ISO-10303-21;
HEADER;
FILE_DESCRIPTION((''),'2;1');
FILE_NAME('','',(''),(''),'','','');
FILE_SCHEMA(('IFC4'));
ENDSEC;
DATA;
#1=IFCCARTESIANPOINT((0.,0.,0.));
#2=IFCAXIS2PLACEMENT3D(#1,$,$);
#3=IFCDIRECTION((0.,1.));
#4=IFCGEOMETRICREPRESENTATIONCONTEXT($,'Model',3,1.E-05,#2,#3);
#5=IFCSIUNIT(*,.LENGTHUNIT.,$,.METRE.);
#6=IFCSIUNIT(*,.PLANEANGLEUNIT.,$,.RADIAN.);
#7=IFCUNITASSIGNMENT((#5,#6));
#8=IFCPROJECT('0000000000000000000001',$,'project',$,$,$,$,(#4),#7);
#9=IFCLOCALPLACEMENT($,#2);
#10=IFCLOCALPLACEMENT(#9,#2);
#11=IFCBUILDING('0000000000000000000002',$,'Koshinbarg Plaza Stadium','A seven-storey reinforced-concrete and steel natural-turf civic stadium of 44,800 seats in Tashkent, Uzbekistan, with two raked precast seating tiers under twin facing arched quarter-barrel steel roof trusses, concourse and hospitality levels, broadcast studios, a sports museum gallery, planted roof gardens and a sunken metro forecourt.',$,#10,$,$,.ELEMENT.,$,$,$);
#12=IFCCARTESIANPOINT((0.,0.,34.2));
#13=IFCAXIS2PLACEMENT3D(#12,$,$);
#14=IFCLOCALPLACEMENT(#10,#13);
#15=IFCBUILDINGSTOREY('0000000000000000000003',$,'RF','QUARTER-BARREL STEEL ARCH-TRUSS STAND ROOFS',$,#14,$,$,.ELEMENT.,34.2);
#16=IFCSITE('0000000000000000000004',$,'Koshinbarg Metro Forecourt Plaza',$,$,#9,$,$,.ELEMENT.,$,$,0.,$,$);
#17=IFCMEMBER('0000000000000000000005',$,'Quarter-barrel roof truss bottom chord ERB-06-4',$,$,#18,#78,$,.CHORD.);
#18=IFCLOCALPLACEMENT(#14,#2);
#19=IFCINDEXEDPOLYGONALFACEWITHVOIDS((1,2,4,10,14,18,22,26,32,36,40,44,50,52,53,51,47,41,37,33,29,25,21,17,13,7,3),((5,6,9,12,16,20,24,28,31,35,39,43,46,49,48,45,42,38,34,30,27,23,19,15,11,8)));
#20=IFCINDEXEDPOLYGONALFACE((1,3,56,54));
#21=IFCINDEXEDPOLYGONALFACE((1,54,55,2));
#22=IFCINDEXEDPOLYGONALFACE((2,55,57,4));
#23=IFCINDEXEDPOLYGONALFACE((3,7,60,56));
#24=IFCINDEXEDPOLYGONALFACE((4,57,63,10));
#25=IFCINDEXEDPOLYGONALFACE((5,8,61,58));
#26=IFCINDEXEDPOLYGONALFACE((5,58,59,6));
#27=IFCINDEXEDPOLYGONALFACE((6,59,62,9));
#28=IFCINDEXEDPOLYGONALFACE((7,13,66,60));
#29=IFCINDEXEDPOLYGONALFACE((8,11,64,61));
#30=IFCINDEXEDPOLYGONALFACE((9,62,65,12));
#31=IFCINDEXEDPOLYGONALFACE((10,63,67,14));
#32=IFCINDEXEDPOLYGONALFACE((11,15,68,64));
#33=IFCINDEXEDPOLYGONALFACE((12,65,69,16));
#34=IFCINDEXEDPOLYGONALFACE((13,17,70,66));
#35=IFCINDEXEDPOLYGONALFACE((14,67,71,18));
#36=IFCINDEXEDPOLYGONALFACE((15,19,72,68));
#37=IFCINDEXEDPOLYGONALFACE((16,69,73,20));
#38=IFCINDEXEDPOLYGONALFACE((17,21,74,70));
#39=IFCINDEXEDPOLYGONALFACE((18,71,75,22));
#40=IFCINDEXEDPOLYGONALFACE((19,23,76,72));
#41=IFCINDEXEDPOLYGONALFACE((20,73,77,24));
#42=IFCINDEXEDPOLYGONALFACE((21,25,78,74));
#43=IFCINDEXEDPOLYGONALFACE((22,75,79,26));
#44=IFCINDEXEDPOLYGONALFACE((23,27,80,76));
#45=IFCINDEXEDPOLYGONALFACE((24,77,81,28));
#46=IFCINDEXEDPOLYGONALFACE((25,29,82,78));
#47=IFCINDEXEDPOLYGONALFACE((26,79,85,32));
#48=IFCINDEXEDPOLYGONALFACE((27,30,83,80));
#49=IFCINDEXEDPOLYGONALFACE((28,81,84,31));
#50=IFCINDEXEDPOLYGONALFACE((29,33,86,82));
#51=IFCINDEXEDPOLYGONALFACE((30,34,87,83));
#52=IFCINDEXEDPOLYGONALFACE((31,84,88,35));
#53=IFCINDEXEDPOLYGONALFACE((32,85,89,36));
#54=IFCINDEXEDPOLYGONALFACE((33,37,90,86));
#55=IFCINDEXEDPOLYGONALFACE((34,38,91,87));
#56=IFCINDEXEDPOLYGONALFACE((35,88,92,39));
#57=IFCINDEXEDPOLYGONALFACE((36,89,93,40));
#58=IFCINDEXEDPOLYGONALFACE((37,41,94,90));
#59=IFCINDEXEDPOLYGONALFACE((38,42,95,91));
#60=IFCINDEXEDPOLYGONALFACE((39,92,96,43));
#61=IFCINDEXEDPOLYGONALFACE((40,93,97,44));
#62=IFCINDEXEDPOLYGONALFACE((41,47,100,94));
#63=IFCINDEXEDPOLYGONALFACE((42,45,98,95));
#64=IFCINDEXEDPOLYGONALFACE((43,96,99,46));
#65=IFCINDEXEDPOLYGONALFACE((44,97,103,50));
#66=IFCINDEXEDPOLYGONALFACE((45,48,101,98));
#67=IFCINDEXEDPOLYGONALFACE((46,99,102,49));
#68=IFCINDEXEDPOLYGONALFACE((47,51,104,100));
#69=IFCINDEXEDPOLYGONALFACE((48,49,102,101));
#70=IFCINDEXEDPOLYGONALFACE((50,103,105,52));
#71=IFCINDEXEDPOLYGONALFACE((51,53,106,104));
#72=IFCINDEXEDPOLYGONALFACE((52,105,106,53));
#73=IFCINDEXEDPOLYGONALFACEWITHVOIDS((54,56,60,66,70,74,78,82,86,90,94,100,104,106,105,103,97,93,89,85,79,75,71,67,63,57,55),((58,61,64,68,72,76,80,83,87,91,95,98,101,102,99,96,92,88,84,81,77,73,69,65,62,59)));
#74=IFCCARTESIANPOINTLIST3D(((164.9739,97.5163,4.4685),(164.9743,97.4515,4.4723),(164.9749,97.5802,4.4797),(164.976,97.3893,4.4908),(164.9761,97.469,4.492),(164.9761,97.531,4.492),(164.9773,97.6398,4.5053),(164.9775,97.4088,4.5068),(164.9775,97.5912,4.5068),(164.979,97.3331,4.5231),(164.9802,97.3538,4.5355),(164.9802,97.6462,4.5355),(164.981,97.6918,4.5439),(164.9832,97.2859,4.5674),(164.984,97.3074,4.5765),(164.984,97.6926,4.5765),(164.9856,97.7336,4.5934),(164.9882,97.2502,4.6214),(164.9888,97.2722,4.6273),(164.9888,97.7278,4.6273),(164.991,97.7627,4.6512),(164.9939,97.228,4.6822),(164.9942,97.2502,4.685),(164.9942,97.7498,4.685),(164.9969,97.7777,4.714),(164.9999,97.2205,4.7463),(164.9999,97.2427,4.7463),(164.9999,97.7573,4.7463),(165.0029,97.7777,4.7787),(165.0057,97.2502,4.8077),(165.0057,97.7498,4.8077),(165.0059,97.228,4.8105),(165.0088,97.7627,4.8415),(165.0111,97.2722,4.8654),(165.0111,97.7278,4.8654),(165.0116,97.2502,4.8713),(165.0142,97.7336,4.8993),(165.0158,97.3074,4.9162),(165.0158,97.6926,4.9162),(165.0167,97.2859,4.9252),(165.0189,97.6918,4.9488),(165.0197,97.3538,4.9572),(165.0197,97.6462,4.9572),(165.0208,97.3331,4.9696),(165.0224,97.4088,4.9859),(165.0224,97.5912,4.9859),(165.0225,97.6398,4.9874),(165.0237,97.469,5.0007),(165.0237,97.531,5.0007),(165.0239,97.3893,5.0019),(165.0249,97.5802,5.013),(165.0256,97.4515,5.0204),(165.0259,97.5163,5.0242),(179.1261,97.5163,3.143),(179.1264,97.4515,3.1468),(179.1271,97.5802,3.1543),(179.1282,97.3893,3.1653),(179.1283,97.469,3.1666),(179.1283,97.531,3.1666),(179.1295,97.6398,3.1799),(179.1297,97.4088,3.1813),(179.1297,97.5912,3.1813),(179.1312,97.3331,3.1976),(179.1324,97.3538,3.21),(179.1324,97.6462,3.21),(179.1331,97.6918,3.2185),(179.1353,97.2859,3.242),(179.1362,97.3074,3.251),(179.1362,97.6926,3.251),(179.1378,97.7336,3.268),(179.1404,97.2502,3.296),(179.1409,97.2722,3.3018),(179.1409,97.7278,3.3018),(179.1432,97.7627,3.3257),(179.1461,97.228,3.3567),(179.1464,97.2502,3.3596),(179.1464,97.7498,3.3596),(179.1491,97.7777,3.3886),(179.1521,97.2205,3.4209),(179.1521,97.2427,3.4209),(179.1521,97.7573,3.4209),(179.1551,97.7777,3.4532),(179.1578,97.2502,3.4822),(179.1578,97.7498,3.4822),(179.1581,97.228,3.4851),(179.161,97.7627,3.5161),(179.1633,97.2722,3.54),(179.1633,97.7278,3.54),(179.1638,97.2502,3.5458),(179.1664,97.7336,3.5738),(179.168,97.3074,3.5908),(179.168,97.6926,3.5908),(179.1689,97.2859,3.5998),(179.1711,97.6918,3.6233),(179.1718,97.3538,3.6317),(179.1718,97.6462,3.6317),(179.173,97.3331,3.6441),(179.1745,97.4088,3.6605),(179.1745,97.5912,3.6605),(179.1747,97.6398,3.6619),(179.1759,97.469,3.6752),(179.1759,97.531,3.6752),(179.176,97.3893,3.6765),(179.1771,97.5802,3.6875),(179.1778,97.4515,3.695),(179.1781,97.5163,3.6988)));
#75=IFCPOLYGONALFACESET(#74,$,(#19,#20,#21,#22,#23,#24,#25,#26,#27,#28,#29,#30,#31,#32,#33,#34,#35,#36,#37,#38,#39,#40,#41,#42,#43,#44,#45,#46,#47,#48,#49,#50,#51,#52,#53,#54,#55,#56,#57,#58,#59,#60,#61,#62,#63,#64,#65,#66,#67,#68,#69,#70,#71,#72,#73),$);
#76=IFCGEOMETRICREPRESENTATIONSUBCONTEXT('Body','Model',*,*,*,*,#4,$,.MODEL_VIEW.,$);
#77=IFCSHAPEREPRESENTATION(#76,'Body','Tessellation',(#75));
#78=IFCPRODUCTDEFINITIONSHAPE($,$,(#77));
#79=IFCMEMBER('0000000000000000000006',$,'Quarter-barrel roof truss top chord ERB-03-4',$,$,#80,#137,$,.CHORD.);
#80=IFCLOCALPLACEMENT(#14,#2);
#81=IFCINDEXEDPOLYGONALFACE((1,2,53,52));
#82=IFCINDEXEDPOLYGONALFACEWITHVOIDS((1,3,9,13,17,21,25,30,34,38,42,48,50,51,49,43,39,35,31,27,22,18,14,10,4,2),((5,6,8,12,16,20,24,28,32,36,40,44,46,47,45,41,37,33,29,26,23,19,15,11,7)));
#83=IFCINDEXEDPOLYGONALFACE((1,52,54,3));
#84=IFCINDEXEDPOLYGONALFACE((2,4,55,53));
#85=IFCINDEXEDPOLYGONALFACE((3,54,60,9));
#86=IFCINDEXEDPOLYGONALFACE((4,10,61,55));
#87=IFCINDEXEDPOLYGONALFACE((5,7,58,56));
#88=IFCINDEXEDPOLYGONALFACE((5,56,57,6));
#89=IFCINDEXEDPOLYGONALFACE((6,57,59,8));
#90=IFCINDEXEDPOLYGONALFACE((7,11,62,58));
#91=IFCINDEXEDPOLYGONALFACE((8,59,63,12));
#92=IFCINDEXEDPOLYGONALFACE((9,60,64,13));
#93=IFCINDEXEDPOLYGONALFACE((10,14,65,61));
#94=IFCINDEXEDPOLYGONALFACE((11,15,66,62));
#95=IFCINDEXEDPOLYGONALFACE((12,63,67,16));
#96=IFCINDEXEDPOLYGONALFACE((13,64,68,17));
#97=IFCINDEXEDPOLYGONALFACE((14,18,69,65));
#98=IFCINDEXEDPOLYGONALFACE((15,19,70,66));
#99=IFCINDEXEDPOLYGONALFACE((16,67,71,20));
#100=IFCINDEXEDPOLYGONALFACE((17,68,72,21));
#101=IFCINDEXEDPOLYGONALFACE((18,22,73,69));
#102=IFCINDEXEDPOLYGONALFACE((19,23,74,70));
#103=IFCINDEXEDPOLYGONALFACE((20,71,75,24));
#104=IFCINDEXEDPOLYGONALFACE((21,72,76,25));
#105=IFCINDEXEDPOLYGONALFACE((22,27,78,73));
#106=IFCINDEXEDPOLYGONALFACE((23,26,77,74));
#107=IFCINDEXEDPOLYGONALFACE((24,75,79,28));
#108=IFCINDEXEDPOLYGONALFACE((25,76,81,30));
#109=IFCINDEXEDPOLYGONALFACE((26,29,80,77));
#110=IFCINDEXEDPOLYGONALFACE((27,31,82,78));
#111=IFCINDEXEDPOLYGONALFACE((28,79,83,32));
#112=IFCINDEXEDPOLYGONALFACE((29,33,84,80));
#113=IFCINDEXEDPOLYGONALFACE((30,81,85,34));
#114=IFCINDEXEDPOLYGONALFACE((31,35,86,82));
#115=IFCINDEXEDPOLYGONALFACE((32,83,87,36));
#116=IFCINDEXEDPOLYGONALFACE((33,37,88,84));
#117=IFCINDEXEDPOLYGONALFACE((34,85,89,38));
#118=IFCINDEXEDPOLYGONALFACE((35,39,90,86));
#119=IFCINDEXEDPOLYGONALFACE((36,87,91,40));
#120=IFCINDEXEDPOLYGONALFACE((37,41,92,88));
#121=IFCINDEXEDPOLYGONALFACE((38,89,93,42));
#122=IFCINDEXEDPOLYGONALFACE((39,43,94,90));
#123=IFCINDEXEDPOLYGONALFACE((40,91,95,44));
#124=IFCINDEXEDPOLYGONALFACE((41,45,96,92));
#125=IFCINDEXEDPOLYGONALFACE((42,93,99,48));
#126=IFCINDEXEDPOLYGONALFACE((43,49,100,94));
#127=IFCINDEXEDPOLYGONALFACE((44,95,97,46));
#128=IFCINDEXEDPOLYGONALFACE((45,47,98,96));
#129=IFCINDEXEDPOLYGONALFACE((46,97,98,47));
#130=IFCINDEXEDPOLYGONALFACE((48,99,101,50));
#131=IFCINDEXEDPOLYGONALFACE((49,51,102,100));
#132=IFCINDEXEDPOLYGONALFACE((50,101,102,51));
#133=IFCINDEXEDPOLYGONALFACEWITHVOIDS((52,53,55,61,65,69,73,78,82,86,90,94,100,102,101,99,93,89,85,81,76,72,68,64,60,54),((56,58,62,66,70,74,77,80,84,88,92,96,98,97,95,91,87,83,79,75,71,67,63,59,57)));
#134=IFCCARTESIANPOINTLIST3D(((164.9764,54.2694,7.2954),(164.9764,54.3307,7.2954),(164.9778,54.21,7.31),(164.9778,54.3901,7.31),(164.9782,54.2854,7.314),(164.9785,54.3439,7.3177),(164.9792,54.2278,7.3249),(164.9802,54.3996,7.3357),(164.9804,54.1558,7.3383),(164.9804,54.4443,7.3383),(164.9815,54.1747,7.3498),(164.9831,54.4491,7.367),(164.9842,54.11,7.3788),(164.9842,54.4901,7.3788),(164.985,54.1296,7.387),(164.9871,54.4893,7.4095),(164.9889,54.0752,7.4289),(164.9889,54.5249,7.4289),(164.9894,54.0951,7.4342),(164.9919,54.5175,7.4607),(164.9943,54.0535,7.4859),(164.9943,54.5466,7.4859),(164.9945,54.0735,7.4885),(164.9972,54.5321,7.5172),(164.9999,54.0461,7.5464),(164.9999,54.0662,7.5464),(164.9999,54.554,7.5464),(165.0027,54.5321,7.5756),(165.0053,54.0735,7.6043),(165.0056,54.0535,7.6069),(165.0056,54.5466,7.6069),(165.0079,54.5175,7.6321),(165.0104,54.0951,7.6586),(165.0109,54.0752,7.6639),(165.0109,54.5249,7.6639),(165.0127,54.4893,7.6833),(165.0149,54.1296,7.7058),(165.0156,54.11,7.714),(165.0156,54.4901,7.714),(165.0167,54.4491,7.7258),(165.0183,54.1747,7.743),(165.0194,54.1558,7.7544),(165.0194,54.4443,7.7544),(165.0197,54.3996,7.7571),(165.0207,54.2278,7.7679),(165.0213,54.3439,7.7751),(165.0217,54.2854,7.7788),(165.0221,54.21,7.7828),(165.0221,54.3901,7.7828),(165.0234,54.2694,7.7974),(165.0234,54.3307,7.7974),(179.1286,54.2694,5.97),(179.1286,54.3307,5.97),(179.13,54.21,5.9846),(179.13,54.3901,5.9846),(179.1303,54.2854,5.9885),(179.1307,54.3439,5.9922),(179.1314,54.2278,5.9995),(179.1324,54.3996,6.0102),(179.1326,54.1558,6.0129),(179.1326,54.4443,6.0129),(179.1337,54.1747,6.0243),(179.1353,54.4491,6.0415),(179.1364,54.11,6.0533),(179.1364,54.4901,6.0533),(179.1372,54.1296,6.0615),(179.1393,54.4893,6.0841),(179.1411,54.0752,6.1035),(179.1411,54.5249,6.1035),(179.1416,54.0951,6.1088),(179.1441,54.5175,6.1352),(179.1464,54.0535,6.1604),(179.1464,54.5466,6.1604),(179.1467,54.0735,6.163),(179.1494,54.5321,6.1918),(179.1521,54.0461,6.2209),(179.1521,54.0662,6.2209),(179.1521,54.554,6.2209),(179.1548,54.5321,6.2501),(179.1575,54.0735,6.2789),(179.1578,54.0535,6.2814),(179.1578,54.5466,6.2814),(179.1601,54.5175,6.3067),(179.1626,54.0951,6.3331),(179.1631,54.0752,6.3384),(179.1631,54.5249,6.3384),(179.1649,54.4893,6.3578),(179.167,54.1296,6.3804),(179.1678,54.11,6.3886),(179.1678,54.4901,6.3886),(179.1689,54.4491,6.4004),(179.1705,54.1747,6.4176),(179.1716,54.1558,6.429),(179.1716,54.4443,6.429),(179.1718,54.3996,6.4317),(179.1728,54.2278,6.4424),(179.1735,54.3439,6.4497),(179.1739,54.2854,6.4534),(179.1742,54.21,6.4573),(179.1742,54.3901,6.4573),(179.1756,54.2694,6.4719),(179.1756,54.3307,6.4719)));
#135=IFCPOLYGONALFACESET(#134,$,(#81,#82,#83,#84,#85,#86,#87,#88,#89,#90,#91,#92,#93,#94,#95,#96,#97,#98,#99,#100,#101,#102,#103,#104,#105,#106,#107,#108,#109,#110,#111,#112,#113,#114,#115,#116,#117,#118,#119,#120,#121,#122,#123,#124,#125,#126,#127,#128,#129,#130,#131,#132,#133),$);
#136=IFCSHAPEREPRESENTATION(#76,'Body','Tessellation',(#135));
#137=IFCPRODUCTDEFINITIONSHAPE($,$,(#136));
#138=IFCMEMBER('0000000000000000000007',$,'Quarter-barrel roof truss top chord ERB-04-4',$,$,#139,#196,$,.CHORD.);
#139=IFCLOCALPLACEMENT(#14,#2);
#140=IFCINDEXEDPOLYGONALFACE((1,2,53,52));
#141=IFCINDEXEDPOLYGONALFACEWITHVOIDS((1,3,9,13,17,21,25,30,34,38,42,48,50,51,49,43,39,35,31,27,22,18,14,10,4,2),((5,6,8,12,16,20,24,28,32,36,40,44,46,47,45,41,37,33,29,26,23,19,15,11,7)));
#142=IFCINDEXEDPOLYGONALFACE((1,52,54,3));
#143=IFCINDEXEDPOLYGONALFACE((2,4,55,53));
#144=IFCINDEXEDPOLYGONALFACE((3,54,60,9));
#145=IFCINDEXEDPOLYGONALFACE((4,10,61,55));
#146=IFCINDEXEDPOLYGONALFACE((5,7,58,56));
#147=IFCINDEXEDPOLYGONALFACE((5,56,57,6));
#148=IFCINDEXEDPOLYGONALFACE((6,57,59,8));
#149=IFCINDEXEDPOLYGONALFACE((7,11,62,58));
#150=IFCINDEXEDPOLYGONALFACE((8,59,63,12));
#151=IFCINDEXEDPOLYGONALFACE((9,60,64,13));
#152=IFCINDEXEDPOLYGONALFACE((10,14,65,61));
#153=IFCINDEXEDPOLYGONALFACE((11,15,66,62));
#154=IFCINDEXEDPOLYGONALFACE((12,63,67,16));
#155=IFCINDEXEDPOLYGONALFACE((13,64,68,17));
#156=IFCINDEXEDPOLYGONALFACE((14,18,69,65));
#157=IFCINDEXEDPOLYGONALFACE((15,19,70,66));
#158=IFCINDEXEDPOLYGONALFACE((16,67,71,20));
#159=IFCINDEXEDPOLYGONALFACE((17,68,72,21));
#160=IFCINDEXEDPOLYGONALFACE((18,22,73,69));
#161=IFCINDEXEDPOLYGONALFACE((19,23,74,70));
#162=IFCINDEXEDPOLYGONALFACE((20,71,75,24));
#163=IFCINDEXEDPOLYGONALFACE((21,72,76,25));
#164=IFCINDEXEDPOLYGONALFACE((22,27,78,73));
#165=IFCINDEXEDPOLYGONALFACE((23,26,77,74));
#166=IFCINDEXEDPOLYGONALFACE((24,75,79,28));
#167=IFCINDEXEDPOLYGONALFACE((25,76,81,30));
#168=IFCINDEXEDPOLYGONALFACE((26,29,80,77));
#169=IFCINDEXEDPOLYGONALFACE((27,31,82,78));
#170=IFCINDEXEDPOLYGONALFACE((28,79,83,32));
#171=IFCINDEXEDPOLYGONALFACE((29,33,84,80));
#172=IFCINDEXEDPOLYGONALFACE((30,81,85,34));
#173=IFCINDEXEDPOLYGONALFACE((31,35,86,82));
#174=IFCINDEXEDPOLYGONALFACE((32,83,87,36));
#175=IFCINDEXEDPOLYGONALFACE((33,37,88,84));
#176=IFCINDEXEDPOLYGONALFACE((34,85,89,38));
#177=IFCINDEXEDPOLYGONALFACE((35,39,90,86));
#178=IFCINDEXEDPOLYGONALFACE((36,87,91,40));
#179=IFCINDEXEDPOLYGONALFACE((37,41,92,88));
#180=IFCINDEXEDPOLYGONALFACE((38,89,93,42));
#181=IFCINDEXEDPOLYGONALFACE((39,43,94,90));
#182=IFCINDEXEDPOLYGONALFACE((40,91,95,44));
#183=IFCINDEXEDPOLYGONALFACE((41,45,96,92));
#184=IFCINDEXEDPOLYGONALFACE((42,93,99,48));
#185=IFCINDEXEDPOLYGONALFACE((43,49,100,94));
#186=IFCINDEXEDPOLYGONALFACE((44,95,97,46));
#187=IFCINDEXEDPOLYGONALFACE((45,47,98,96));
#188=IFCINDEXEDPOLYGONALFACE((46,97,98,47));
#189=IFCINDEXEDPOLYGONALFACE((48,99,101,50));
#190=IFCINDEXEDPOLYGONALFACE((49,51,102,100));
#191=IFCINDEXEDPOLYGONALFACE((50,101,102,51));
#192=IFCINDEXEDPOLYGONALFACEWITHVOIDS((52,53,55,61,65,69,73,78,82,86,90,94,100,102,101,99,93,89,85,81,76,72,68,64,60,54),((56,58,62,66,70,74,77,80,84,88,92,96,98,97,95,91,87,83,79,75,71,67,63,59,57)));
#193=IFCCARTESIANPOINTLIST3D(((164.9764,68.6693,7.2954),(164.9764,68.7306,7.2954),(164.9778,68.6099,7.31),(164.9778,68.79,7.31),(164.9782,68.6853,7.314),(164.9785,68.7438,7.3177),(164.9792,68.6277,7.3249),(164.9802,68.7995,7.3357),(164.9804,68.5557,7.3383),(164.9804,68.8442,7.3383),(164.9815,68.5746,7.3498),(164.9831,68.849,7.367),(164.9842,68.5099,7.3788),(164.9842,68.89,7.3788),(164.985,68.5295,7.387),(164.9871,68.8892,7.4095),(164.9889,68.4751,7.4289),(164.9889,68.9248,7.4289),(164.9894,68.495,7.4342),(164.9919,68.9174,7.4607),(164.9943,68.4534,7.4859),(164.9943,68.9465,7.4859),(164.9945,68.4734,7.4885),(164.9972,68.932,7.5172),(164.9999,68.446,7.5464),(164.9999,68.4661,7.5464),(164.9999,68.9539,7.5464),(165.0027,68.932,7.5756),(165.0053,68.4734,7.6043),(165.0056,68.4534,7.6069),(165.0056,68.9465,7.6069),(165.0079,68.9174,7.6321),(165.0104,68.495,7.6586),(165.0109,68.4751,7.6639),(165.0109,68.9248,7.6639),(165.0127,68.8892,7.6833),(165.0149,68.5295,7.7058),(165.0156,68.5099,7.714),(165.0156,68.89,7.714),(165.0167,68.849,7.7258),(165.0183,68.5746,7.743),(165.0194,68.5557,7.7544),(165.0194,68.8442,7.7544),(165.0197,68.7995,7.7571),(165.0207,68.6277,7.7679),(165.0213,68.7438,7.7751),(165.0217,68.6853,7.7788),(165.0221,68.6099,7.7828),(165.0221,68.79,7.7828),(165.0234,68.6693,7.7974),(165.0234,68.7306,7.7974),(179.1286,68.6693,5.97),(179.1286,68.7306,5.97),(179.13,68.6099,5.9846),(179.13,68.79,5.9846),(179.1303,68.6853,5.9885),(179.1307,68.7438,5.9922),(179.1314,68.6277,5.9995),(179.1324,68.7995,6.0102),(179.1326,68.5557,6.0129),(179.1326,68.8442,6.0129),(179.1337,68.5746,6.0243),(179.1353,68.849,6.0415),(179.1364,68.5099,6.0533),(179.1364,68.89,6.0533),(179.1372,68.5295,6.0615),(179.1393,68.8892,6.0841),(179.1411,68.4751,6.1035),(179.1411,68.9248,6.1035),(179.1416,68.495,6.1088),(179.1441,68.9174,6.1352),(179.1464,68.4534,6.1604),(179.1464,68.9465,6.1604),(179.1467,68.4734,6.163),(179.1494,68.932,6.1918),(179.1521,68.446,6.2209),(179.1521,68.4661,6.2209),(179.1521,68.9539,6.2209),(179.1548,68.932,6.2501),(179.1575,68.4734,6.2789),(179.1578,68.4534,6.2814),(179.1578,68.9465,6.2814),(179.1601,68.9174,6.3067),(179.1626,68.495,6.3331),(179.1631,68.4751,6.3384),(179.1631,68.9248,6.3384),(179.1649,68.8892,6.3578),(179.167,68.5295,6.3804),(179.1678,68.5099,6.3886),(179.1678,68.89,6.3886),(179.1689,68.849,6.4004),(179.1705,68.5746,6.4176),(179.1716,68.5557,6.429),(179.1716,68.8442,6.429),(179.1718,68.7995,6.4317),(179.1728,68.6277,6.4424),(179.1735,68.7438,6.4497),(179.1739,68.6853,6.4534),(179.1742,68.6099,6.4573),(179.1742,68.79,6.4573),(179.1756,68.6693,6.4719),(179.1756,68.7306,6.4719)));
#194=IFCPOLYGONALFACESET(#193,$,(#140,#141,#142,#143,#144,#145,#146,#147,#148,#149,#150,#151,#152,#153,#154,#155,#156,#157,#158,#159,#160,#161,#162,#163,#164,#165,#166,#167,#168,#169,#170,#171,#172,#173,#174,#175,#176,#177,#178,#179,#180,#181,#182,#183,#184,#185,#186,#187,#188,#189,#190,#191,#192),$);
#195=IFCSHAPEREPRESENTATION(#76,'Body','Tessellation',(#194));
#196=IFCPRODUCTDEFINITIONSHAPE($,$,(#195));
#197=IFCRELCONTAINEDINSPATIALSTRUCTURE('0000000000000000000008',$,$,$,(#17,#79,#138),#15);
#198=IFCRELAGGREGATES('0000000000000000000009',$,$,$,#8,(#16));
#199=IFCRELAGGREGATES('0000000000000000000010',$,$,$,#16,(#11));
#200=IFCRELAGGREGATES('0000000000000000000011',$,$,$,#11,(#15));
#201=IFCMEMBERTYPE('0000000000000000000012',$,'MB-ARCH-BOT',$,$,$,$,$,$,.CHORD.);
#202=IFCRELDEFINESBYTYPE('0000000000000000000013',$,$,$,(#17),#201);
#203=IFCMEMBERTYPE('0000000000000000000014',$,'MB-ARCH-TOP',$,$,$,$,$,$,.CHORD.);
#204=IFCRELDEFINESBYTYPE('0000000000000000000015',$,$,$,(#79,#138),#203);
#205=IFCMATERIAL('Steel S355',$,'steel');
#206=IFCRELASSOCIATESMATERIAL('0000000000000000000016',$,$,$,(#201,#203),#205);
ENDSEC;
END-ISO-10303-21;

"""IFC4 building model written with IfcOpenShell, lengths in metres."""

from ifc_helpers import new_model, si_unit, direction, frame, origin, origin_2d, place, context, subcontext, project, spatial, hollow_circle, extrude, material, material_profile, profile_set, type_object, element, save


model = new_model("IFC4")

# Units and contexts
model_context = context("Model", 3, precision=1e-05, world=origin(), true_north=direction((0.0, 1.0)))
body_context = subcontext(model_context, "Body", "Model", "MODEL_VIEW")
ifc_project = project(units=[si_unit("LENGTHUNIT", "METRE"), si_unit("PLANEANGLEUNIT", "RADIAN")], contexts=[model_context])

# Site, building, storey
site_placement = place(None, origin())
site = spatial("IfcSite", under=ifc_project, at=site_placement, Name="Koshinbarg Metro Forecourt Plaza", CompositionType="ELEMENT", RefElevation=0.0)
building_placement = place(site_placement, origin())
building = spatial("IfcBuilding", under=site, at=building_placement, Name="Koshinbarg Plaza Stadium", Description="A seven-storey reinforced-concrete and steel natural-turf civic stadium of 44,800 seats in Tashkent, Uzbekistan, with two raked precast seating tiers under twin facing arched quarter-barrel steel roof trusses, concourse and hospitality levels, broadcast studios, a sports museum gallery, planted roof gardens and a sunken metro forecourt.", CompositionType="ELEMENT")
storey_placement = place(building_placement, frame((0.0, 0.0, 34.2)))
storey = spatial("IfcBuildingStorey", under=building, at=storey_placement, Name="RF", Description="QUARTER-BARREL STEEL ARCH-TRUSS STAND ROOFS", CompositionType="ELEMENT", Elevation=34.2)

# Members
ifc_material_1 = material(Name="Steel S355", Category="steel")
ifc_material_profile_1 = material_profile(ifc_material_1, hollow_circle(Radius=0.2795, WallThickness=0.0222, at=origin_2d()), Name="CHS 559x22.2")
ifc_profile_set_1 = profile_set([ifc_material_profile_1], Name="Steel S355")
member_type_1 = type_object("IfcMemberType", Name="MB-ARCH-BOT", PredefinedType="CHORD", material=ifc_profile_set_1)
for number, where, z_axis, x_axis, name in (
    (1, (179.1521, 97.5, 3.4209), (-0.995643, 0.0, 0.093249), (0.0, -1.0, 0.0), "Quarter-barrel roof truss bottom chord ERB-06-4"),
):
    element("IfcMember", number, at=place(storey_placement, frame(where, z_axis=z_axis, x_axis=x_axis)), inside=storey, type_object=member_type_1, Name=name, PredefinedType="CHORD", context=body_context, shape_type="SweptSolid", body=[
        extrude(hollow_circle(Radius=0.2795, WallThickness=0.0222, at=origin_2d()), origin(), (0.0, 0.0, 1.0), 14.2141),
    ])
ifc_material_profile_2 = material_profile(ifc_material_1, hollow_circle(Radius=0.2539, WallThickness=0.02, at=origin_2d()), Name="CHS 508x20")
ifc_profile_set_2 = profile_set([ifc_material_profile_2], Name="Steel S355")
member_type_2 = type_object("IfcMemberType", Name="MB-ARCH-TOP", PredefinedType="CHORD", material=ifc_profile_set_2)
for number, where, z_axis, x_axis, name in (
    (2, (179.1521, 54.3, 6.2209), (-0.995643, 0.0, 0.093249), (0.0, -1.0, 0.0), "Quarter-barrel roof truss top chord ERB-03-4"),
    (3, (179.1521, 68.7, 6.2209), (-0.995643, 0.0, 0.093249), (0.0, -1.0, 0.0), "Quarter-barrel roof truss top chord ERB-04-4"),
):
    element("IfcMember", number, at=place(storey_placement, frame(where, z_axis=z_axis, x_axis=x_axis)), inside=storey, type_object=member_type_2, Name=name, PredefinedType="CHORD", context=body_context, shape_type="SweptSolid", body=[
        extrude(hollow_circle(Radius=0.2539, WallThickness=0.02, at=origin_2d()), origin(), (0.0, 0.0, 1.0), 14.2141),
    ])

save(model, "model.ifc")
